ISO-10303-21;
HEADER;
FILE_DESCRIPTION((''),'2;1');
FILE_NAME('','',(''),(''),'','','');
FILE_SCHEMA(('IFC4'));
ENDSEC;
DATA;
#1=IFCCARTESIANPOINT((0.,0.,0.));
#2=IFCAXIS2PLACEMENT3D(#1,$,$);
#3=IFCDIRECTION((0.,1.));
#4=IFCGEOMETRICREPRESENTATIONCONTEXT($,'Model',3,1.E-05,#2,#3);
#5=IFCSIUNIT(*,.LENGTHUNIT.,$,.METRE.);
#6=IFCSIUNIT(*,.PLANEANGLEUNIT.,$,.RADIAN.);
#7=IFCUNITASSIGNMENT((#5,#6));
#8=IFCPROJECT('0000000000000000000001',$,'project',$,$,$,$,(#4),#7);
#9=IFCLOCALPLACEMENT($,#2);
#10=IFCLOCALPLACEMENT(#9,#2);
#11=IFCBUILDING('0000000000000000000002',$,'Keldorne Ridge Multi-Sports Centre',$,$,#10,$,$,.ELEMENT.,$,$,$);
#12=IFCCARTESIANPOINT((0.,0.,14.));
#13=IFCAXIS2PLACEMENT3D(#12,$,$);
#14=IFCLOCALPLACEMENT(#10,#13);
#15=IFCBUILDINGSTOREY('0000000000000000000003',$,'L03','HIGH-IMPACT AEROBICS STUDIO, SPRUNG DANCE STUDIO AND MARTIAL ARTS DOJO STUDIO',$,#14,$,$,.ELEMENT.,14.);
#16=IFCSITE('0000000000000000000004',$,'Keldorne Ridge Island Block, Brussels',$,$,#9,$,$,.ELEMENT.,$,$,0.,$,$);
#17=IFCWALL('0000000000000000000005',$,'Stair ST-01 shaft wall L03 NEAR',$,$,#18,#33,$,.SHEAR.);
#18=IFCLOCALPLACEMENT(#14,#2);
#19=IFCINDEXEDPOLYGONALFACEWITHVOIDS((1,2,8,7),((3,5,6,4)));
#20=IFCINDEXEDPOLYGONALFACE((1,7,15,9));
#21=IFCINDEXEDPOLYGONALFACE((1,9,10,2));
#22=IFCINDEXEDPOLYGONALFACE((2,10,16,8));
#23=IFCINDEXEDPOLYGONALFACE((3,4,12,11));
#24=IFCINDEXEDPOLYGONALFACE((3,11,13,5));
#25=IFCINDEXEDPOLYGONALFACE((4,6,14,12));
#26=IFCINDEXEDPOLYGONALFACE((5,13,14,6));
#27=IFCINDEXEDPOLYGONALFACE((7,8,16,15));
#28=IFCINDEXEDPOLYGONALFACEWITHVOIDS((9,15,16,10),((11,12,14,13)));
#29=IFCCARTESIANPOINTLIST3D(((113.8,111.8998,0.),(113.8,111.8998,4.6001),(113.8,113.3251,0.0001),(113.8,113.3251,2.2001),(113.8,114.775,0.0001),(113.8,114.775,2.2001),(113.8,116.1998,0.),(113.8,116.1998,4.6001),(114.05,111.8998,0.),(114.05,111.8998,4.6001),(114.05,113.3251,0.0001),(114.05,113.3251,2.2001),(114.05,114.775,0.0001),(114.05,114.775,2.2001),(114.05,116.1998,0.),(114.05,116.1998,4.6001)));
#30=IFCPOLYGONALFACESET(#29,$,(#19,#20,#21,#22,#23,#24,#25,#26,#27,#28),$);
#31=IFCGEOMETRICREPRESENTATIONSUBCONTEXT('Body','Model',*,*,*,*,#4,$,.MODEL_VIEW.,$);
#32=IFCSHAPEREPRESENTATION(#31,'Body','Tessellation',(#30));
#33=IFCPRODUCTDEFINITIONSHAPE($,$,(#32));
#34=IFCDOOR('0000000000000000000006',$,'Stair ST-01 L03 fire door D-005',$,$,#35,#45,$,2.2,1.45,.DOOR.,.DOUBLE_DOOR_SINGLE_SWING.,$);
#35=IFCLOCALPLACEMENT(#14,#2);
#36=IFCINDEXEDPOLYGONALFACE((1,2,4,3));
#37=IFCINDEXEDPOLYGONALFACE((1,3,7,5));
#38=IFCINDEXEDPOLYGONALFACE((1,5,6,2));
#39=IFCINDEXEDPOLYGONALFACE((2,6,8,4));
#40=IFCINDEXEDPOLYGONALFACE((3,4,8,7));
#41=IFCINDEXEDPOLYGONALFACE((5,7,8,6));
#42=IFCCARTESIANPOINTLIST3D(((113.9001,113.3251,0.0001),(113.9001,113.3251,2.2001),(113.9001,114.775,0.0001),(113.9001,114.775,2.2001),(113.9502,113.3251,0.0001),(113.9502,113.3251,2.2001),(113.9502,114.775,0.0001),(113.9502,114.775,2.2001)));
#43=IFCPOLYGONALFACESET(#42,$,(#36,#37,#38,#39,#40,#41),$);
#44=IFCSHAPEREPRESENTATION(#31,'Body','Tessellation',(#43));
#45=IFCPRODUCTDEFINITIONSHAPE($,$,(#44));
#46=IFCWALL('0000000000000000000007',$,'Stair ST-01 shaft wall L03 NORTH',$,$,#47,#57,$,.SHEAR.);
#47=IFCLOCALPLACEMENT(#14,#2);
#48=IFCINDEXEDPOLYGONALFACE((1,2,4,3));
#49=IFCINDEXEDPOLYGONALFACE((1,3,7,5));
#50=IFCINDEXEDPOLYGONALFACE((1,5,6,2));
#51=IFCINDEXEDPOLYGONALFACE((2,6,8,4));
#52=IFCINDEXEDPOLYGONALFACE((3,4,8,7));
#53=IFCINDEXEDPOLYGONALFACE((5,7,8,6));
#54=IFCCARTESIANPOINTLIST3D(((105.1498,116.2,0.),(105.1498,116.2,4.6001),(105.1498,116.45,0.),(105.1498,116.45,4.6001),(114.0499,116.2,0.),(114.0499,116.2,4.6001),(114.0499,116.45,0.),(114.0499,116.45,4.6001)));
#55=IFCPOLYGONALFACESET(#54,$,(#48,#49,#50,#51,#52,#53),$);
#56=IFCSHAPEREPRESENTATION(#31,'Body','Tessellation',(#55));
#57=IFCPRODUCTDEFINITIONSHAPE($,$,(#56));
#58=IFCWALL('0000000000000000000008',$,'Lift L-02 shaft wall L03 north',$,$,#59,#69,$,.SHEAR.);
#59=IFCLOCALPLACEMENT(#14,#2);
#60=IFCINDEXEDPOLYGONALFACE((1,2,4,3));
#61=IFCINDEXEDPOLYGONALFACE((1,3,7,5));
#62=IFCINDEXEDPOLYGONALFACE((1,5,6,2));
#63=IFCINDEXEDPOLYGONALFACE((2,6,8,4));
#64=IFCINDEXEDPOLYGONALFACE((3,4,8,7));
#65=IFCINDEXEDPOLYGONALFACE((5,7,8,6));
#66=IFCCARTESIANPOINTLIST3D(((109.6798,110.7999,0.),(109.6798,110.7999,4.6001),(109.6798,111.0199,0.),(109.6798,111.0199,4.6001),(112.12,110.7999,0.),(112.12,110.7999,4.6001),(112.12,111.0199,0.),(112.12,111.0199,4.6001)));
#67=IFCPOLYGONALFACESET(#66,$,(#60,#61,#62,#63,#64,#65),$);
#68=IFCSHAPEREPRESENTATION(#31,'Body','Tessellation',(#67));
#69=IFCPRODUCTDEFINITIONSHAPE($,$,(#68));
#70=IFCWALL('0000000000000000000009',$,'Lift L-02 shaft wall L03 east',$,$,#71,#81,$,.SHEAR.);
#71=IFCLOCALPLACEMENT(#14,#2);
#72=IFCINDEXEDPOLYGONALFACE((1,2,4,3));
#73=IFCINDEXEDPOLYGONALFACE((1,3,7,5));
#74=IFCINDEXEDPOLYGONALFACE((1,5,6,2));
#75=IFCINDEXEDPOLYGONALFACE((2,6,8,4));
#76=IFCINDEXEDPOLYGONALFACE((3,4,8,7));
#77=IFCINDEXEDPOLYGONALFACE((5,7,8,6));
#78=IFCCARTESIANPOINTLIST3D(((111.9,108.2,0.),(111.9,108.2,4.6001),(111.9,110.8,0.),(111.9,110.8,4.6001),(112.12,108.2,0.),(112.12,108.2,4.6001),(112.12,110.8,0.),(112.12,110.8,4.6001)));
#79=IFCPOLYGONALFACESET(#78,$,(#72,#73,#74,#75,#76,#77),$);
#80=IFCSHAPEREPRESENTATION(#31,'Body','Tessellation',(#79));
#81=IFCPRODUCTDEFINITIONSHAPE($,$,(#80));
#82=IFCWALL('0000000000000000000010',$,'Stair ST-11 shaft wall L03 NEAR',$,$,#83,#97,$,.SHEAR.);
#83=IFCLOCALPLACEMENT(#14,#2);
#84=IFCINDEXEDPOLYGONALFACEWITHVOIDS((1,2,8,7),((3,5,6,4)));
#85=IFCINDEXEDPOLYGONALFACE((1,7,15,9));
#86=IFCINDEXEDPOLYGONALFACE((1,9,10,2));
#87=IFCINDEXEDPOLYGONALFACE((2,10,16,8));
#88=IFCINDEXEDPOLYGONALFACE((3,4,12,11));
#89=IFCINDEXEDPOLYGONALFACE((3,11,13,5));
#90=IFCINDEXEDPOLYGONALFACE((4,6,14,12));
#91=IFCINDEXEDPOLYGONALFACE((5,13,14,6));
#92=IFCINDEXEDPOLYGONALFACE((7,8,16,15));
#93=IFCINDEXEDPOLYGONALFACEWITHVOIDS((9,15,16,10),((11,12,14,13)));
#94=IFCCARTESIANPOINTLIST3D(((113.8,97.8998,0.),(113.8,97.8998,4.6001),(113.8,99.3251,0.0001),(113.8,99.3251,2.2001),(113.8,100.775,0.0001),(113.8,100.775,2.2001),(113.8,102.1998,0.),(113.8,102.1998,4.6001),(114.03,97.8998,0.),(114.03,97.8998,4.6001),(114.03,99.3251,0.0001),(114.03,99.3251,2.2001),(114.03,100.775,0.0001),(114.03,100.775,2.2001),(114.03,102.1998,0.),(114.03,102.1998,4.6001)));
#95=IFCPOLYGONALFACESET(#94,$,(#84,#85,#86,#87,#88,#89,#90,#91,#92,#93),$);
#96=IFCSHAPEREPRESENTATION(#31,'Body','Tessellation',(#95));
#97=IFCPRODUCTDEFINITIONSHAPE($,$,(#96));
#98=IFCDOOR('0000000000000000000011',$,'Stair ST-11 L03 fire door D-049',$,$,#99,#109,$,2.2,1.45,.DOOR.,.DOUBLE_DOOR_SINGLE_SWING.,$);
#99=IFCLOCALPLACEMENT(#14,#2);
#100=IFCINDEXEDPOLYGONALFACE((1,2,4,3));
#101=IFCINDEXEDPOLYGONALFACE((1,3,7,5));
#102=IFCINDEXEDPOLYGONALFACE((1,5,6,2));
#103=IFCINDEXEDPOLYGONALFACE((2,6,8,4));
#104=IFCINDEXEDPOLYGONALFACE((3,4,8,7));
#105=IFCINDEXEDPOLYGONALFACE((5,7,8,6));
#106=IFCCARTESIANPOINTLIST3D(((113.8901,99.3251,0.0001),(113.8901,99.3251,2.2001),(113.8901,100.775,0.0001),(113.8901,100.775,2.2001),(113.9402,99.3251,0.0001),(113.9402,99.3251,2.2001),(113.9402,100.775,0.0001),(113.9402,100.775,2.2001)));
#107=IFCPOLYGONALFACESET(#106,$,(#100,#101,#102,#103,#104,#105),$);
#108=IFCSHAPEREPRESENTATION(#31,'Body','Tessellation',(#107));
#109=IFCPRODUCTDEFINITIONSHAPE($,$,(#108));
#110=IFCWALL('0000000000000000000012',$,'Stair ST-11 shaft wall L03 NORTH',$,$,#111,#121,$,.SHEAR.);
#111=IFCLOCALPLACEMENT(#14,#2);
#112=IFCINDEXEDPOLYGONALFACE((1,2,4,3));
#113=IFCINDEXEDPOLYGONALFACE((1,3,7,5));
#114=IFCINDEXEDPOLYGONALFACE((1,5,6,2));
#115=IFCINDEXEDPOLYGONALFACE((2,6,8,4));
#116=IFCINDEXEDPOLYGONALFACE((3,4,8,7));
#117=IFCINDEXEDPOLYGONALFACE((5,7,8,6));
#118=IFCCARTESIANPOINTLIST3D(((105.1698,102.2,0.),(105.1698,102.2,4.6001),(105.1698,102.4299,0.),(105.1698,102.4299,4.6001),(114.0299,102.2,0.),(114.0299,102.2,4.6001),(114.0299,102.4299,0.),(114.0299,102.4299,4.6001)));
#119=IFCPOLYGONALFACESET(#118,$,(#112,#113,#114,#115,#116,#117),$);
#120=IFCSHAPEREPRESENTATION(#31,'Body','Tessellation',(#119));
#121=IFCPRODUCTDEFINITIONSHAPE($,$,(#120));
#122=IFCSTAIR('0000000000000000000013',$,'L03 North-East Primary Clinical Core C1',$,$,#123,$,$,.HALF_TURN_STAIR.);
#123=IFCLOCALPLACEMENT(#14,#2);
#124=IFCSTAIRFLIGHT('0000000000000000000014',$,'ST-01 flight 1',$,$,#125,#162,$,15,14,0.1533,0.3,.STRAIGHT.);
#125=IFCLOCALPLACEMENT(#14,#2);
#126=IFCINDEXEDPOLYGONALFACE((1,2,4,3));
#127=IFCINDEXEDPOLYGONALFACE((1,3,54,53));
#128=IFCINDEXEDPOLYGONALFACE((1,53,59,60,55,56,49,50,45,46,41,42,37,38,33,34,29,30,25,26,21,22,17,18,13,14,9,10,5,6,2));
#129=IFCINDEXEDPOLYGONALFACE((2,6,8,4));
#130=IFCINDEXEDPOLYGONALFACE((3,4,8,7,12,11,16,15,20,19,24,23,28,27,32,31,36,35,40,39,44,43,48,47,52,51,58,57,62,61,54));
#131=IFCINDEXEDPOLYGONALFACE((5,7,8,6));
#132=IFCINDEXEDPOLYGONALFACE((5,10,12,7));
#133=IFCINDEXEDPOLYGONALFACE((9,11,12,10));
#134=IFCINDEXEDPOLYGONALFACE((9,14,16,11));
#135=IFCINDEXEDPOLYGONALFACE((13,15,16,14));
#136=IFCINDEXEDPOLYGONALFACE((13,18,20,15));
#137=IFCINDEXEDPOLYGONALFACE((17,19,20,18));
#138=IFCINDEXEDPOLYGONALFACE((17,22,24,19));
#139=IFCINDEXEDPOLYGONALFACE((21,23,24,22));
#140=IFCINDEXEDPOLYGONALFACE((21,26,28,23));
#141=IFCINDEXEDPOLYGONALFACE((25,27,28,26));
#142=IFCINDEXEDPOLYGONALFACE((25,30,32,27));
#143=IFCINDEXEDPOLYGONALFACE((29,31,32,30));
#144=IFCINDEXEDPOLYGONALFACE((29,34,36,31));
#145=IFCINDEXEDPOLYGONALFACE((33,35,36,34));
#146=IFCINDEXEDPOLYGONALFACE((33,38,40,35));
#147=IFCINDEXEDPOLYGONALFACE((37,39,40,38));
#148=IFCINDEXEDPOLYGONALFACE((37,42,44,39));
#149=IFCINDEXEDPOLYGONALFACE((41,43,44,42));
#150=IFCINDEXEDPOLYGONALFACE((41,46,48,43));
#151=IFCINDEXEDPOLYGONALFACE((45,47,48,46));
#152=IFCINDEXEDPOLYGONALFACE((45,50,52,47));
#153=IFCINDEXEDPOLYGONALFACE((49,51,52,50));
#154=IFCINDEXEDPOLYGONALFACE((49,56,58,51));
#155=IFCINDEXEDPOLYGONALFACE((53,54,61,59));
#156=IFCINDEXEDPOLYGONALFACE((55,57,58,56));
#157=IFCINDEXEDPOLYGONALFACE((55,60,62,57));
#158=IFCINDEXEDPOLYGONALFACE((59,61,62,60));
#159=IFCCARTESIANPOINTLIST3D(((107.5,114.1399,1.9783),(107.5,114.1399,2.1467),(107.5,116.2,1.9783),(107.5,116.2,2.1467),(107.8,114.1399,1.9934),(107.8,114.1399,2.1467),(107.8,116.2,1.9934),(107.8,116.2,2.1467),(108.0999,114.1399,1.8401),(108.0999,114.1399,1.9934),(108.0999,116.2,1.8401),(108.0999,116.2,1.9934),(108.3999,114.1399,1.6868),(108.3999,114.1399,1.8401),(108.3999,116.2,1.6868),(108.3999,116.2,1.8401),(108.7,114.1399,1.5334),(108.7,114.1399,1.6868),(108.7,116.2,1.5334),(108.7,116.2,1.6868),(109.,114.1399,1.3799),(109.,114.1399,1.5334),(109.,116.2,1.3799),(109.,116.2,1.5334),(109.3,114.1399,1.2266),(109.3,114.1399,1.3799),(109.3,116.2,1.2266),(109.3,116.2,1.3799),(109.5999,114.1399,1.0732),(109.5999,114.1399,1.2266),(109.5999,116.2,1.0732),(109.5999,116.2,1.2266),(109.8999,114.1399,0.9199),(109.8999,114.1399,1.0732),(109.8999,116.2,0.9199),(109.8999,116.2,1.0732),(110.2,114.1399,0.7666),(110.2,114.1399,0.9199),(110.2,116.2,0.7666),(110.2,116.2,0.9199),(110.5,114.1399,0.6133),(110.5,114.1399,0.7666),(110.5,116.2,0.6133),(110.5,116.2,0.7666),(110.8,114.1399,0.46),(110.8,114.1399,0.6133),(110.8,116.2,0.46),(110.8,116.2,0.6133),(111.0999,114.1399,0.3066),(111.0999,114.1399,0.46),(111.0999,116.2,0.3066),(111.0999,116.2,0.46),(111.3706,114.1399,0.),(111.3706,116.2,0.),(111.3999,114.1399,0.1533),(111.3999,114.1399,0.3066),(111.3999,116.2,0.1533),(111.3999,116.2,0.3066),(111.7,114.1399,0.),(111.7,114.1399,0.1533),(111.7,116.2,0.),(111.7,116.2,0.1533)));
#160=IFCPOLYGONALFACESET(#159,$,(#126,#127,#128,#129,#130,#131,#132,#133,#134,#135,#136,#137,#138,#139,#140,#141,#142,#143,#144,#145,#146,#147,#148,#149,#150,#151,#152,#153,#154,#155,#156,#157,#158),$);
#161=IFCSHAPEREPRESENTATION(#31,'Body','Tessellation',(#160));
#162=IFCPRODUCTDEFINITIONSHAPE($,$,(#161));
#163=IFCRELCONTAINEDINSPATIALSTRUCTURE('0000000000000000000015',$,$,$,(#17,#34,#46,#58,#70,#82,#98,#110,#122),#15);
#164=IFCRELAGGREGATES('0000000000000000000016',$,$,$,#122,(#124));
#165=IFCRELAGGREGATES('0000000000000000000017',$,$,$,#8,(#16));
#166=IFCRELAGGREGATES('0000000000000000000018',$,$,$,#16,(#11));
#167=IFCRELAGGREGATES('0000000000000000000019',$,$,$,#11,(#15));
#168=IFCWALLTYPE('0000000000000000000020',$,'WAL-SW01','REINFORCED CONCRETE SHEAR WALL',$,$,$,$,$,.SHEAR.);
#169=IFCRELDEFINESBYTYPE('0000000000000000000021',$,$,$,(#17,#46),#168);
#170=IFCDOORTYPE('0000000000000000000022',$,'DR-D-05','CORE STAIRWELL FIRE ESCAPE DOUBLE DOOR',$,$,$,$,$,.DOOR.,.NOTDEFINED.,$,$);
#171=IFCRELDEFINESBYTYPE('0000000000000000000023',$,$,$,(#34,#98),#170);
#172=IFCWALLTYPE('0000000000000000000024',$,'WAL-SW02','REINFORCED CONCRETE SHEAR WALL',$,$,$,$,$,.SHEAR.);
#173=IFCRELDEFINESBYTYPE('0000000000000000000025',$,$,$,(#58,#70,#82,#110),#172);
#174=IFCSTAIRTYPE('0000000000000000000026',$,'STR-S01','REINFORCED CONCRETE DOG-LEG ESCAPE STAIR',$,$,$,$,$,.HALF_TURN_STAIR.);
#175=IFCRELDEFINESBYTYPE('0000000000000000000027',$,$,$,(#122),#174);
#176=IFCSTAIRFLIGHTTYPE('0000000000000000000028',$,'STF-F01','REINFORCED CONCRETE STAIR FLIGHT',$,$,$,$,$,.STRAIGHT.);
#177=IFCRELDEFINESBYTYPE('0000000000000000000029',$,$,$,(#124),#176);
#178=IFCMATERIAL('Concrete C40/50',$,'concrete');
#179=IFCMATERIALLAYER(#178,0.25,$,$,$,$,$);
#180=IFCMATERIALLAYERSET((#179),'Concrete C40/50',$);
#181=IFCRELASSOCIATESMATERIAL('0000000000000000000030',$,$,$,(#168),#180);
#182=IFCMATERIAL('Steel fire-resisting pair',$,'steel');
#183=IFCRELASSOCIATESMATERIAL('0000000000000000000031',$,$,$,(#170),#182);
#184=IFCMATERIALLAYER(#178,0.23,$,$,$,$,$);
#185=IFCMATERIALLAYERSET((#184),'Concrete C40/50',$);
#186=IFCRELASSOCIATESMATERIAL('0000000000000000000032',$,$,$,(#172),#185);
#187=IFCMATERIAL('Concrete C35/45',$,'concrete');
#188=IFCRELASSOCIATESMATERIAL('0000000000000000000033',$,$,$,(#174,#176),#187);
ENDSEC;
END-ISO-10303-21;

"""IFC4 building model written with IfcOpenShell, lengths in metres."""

from ifc_helpers import new_model, si_unit, direction, frame, frame_2d, origin, place, context, subcontext, project, spatial, polyline, rectangle, outline, extrude, material, layer, layer_set, type_object, element, fill, aggregate, save


model = new_model("IFC4")

# Units and contexts
model_context = context("Model", 3, precision=1e-05, world=origin(), true_north=direction((0.0, 1.0)))
body_context = subcontext(model_context, "Body", "Model", "MODEL_VIEW")
ifc_project = project(units=[si_unit("LENGTHUNIT", "METRE"), si_unit("PLANEANGLEUNIT", "RADIAN")], contexts=[model_context])

# Site, building, storey
site_placement = place(None, origin())
site = spatial("IfcSite", under=ifc_project, at=site_placement, Name="Keldorne Ridge Island Block, Brussels", CompositionType="ELEMENT", RefElevation=0.0)
building_placement = place(site_placement, origin())
building = spatial("IfcBuilding", under=site, at=building_placement, Name="Keldorne Ridge Multi-Sports Centre", CompositionType="ELEMENT")
storey_placement = place(building_placement, frame((0.0, 0.0, 14.0)))
storey = spatial("IfcBuildingStorey", under=building, at=storey_placement, Name="L03", Description="HIGH-IMPACT AEROBICS STUDIO, SPRUNG DANCE STUDIO AND MARTIAL ARTS DOJO STUDIO", CompositionType="ELEMENT", Elevation=14.0)

# Wall, opening, door
ifc_material_1 = material(Name="Concrete C40/50", Category="concrete")
ifc_layer_1 = layer(ifc_material_1, 0.25)
ifc_layer_set_1 = layer_set([ifc_layer_1], Name="Concrete C40/50")
wall_type_1 = type_object("IfcWallType", Name="WAL-SW01", Description="REINFORCED CONCRETE SHEAR WALL", PredefinedType="SHEAR", material=ifc_layer_set_1)
wall_1_placement = place(storey_placement, frame((113.925, 111.8999, 0.0), z_axis=(0.0, 0.0, 1.0), x_axis=(0.0, 1.0, 0.0)))
wall_1 = element("IfcWall", 1, at=wall_1_placement, inside=storey, type_object=wall_type_1, Name="Stair ST-01 shaft wall L03 NEAR", PredefinedType="SHEAR", context=body_context, shape_type="SweptSolid", body=[
    extrude(rectangle(XDim=4.3, YDim=0.25, at=frame_2d((2.1499, 0.0))), origin(), (0.0, 0.0, 1.0), 4.6001),
])
opening_1_placement = place(wall_1_placement, frame((1.425, 0.0, 0.0)))
opening_1 = element("IfcOpeningElement", 2, at=opening_1_placement, cuts=wall_1, PredefinedType="OPENING", context=body_context, shape_type="SweptSolid", body=[
    extrude(rectangle(XDim=1.45, YDim=2.2, at=frame_2d((0.7251, 1.1001))), frame((0.0, 0.135, 0.0), z_axis=(0.0, -1.0, 0.0), x_axis=(1.0, 0.0, 0.0)), (0.0, 0.0, 1.0), 0.27),
])
ifc_material_2 = material(Name="Steel fire-resisting pair", Category="steel")
door_type = type_object("IfcDoorType", Name="DR-D-05", Description="CORE STAIRWELL FIRE ESCAPE DOUBLE DOOR", OperationType="NOTDEFINED", PredefinedType="DOOR", material=ifc_material_2)
door_1_placement = place(opening_1_placement, origin())
door_1 = element("IfcDoor", 3, at=door_1_placement, inside=storey, type_object=door_type, Name="Stair ST-01 L03 fire door D-005", OperationType="DOUBLE_DOOR_SINGLE_SWING", OverallHeight=2.2, OverallWidth=1.45, PredefinedType="DOOR", context=body_context, shape_type="SweptSolid", body=[
    extrude(rectangle(XDim=1.45, YDim=2.2, at=frame_2d((0.7251, 1.1001))), frame((0.0, 0.0249, 0.0), z_axis=(0.0, -1.0, 0.0), x_axis=(1.0, 0.0, 0.0)), (0.0, 0.0, 1.0), 0.05),
])
fill(opening_1, door_1)

# Walls
wall_2_placement = place(storey_placement, frame((114.05, 116.325, 0.0), z_axis=(0.0, 0.0, 1.0), x_axis=(-1.0, 0.0, 0.0)))
element("IfcWall", 4, at=wall_2_placement, inside=storey, type_object=wall_type_1, Name="Stair ST-01 shaft wall L03 NORTH", PredefinedType="SHEAR", context=body_context, shape_type="SweptSolid", body=[
    extrude(rectangle(XDim=8.9001, YDim=0.25, at=frame_2d((4.4502, 0.0))), origin(), (0.0, 0.0, 1.0), 4.6001),
])
ifc_layer_2 = layer(ifc_material_1, 0.23)
ifc_layer_set_2 = layer_set([ifc_layer_2], Name="Concrete C40/50")
wall_type_2 = type_object("IfcWallType", Name="WAL-SW02", Description="REINFORCED CONCRETE SHEAR WALL", PredefinedType="SHEAR", material=ifc_layer_set_2)
wall_3_placement = place(storey_placement, frame((112.1201, 110.9099, 0.0), z_axis=(0.0, 0.0, 1.0), x_axis=(-1.0, 0.0, 0.0)))
element("IfcWall", 5, at=wall_3_placement, inside=storey, type_object=wall_type_2, Name="Lift L-02 shaft wall L03 north", PredefinedType="SHEAR", context=body_context, shape_type="SweptSolid", body=[
    extrude(rectangle(XDim=2.4402, YDim=0.22, at=frame_2d((1.2202, 0.0))), origin(), (0.0, 0.0, 1.0), 4.6001),
])
wall_4_placement = place(storey_placement, frame((112.01, 108.2, 0.0), z_axis=(0.0, 0.0, 1.0), x_axis=(0.0, 1.0, 0.0)))
element("IfcWall", 6, at=wall_4_placement, inside=storey, type_object=wall_type_2, Name="Lift L-02 shaft wall L03 east", PredefinedType="SHEAR", context=body_context, shape_type="SweptSolid", body=[
    extrude(rectangle(XDim=2.6001, YDim=0.22, at=frame_2d((1.3, 0.0))), origin(), (0.0, 0.0, 1.0), 4.6001),
])

# Wall, opening, door
wall_5_placement = place(storey_placement, frame((113.915, 97.8999, 0.0), z_axis=(0.0, 0.0, 1.0), x_axis=(0.0, 1.0, 0.0)))
wall_5 = element("IfcWall", 7, at=wall_5_placement, inside=storey, type_object=wall_type_2, Name="Stair ST-11 shaft wall L03 NEAR", PredefinedType="SHEAR", context=body_context, shape_type="SweptSolid", body=[
    extrude(rectangle(XDim=4.3, YDim=0.23, at=frame_2d((2.1499, 0.0))), origin(), (0.0, 0.0, 1.0), 4.6001),
])
opening_2_placement = place(wall_5_placement, frame((1.425, 0.0, 0.0)))
opening_2 = element("IfcOpeningElement", 8, at=opening_2_placement, cuts=wall_5, PredefinedType="OPENING", context=body_context, shape_type="SweptSolid", body=[
    extrude(rectangle(XDim=1.45, YDim=2.2, at=frame_2d((0.7251, 1.1001))), frame((0.0, 0.125, 0.0), z_axis=(0.0, -1.0, 0.0), x_axis=(1.0, 0.0, 0.0)), (0.0, 0.0, 1.0), 0.25),
])
door_2_placement = place(opening_2_placement, origin())
door_2 = element("IfcDoor", 9, at=door_2_placement, inside=storey, type_object=door_type, Name="Stair ST-11 L03 fire door D-049", OperationType="DOUBLE_DOOR_SINGLE_SWING", OverallHeight=2.2, OverallWidth=1.45, PredefinedType="DOOR", context=body_context, shape_type="SweptSolid", body=[
    extrude(rectangle(XDim=1.45, YDim=2.2, at=frame_2d((0.7251, 1.1001))), frame((0.0, 0.0249, 0.0), z_axis=(0.0, -1.0, 0.0), x_axis=(1.0, 0.0, 0.0)), (0.0, 0.0, 1.0), 0.05),
])
fill(opening_2, door_2)

# Wall
wall_6_placement = place(storey_placement, frame((114.03, 102.3149, 0.0), z_axis=(0.0, 0.0, 1.0), x_axis=(-1.0, 0.0, 0.0)))
element("IfcWall", 10, at=wall_6_placement, inside=storey, type_object=wall_type_2, Name="Stair ST-11 shaft wall L03 NORTH", PredefinedType="SHEAR", context=body_context, shape_type="SweptSolid", body=[
    extrude(rectangle(XDim=8.8601, YDim=0.23, at=frame_2d((4.4302, 0.0))), origin(), (0.0, 0.0, 1.0), 4.6001),
])

# Stair, stair flight
ifc_material_3 = material(Name="Concrete C35/45", Category="concrete")
stair_type = type_object("IfcStairType", Name="STR-S01", Description="REINFORCED CONCRETE DOG-LEG ESCAPE STAIR", PredefinedType="HALF_TURN_STAIR", material=ifc_material_3)
stair_1_placement = place(storey_placement, origin())
stair_1 = element("IfcStair", 11, at=stair_1_placement, inside=storey, type_object=stair_type, Name="L03 North-East Primary Clinical Core C1", PredefinedType="HALF_TURN_STAIR")
stair_flight_type = type_object("IfcStairFlightType", Name="STF-F01", Description="REINFORCED CONCRETE STAIR FLIGHT", PredefinedType="STRAIGHT", material=ifc_material_3)
stair_flight_1_placement = place(storey_placement, frame((111.7, 115.1699, 0.0), z_axis=(0.0, 0.0, 1.0), x_axis=(-1.0, 0.0, 0.0)))
stair_flight_1 = element("IfcStairFlight", 12, at=stair_flight_1_placement, type_object=stair_flight_type, Name="ST-01 flight 1", NumberOfRisers=15, NumberOfTreads=14, PredefinedType="STRAIGHT", RiserHeight=0.1533, TreadLength=0.3, context=body_context, shape_type="SweptSolid", body=[
    extrude(outline(polyline([(0.0, 0.0), (0.0, 0.1533), (0.3, 0.1533), (0.3, 0.3066), (0.6001, 0.3066), (0.6001, 0.46), (0.8999, 0.46), (0.8999, 0.6133), (1.2, 0.6133), (1.2, 0.7666), (1.5, 0.7666), (1.5, 0.9199), (1.8, 0.9199), (1.8, 1.0732), (2.1001, 1.0732), (2.1001, 1.2266), (2.3999, 1.2266), (2.3999, 1.3799), (2.7, 1.3799), (2.7, 1.5334), (3.0, 1.5334), (3.0, 1.6868), (3.3, 1.6868), (3.3, 1.8401), (3.6001, 1.8401), (3.6001, 1.9934), (3.8999, 1.9934), (3.8999, 2.1467), (4.2, 2.1467), (4.2, 2.3), (4.2, 1.9783), (0.3293, 0.0), (0.0, 0.0)])), frame((0.0, 1.03, 0.0), z_axis=(0.0, -1.0, 0.0), x_axis=(1.0, 0.0, 0.0)), (0.0, 0.0, 1.0), 2.0601),
])
aggregate(stair_1, [stair_flight_1])

save(model, "model.ifc")
